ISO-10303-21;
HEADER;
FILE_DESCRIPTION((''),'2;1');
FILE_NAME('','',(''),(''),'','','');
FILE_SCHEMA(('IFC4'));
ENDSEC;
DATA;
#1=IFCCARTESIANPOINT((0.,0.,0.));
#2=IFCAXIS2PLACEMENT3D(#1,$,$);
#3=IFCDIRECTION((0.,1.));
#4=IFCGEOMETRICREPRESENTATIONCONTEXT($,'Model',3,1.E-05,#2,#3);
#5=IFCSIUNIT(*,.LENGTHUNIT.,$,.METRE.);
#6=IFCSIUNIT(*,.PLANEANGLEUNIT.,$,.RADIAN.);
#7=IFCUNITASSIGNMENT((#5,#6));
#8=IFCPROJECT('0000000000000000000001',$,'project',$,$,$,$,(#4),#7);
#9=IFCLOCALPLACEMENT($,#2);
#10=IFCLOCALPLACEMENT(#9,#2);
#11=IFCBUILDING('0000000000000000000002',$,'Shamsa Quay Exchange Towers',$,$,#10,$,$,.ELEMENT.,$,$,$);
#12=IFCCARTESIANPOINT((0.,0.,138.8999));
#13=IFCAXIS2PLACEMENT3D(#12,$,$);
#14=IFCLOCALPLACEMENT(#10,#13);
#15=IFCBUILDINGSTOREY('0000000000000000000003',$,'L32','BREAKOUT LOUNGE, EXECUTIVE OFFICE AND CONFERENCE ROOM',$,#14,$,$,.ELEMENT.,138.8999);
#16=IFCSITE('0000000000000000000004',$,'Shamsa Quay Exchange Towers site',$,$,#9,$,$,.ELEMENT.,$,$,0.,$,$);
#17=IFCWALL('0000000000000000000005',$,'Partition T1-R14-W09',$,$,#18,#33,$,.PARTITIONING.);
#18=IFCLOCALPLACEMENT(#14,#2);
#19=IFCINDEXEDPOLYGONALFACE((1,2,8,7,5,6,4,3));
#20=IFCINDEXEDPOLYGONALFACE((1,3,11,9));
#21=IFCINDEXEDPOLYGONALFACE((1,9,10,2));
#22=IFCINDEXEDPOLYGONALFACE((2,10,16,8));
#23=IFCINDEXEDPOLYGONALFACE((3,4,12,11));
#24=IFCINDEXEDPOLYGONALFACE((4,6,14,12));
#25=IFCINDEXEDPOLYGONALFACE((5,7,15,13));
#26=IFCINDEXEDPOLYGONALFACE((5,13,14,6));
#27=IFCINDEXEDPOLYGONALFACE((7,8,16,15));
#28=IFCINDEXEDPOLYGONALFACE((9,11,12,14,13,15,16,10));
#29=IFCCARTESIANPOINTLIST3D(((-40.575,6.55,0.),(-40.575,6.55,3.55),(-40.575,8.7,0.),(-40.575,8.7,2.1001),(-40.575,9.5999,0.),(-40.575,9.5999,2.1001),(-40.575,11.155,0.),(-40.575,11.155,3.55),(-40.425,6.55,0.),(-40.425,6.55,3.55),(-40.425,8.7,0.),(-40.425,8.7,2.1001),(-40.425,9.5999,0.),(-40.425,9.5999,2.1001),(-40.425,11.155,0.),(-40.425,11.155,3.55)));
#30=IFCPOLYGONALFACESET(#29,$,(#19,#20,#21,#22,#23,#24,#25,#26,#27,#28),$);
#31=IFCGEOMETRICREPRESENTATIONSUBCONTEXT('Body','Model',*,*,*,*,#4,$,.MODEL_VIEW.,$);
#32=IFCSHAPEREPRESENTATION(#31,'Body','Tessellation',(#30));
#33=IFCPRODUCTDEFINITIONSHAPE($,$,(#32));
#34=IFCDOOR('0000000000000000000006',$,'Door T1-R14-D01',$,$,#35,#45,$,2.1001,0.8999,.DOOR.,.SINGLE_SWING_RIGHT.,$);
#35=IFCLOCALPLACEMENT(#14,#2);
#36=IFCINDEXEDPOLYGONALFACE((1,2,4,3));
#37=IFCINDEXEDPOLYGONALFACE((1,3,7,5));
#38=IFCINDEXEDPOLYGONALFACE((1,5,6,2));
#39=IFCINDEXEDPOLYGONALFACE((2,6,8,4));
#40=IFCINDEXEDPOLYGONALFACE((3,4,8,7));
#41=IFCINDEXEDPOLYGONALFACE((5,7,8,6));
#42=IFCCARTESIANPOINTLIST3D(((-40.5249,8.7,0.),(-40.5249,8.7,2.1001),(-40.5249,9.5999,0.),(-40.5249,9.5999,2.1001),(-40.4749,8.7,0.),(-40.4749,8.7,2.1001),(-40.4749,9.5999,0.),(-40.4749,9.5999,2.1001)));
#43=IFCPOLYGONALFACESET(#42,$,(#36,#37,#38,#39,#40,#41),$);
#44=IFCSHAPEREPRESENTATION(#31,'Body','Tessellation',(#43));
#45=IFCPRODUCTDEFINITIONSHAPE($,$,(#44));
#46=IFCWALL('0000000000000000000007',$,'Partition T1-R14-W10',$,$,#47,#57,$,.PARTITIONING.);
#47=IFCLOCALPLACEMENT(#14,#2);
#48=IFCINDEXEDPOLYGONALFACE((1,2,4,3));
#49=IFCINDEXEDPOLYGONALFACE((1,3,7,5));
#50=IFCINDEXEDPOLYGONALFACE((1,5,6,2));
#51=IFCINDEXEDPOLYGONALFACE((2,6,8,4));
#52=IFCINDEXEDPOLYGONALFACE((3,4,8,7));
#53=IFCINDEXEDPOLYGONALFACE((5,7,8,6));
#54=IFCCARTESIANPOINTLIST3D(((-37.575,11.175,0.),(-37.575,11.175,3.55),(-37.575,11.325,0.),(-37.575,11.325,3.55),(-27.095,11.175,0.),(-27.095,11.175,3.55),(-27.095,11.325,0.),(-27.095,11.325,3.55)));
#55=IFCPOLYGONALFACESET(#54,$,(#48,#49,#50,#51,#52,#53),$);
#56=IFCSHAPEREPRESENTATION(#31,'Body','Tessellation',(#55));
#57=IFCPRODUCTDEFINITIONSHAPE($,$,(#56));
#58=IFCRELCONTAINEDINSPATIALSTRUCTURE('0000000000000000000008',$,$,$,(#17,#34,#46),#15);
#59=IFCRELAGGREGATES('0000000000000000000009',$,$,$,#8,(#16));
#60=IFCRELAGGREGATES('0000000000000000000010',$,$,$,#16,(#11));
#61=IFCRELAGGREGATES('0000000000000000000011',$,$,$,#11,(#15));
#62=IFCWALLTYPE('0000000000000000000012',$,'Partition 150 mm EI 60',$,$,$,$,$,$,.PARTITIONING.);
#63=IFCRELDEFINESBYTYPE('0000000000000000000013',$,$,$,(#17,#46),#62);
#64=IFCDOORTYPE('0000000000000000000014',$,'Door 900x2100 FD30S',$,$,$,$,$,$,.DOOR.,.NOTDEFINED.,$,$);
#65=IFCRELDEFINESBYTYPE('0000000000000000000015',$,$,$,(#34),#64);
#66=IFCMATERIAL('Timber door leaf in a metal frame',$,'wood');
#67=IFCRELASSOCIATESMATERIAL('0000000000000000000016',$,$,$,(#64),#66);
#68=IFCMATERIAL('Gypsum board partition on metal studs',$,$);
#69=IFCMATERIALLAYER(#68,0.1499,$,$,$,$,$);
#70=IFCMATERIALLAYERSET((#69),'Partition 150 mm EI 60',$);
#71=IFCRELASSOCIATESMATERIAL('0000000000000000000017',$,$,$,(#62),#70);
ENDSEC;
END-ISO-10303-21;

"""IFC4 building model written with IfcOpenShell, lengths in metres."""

from ifc_helpers import new_model, si_unit, direction, frame, frame_2d, origin, place, context, subcontext, project, spatial, rectangle, extrude, material, layer, layer_set, type_object, element, fill, save


model = new_model("IFC4")

# Units and contexts
model_context = context("Model", 3, precision=1e-05, world=origin(), true_north=direction((0.0, 1.0)))
body_context = subcontext(model_context, "Body", "Model", "MODEL_VIEW")
ifc_project = project(units=[si_unit("LENGTHUNIT", "METRE"), si_unit("PLANEANGLEUNIT", "RADIAN")], contexts=[model_context])

# Site, building, storey
site_placement = place(None, origin())
site = spatial("IfcSite", under=ifc_project, at=site_placement, Name="Shamsa Quay Exchange Towers site", CompositionType="ELEMENT", RefElevation=0.0)
building_placement = place(site_placement, origin())
building = spatial("IfcBuilding", under=site, at=building_placement, Name="Shamsa Quay Exchange Towers", CompositionType="ELEMENT")
storey_placement = place(building_placement, frame((0.0, 0.0, 138.8999)))
storey = spatial("IfcBuildingStorey", under=building, at=storey_placement, Name="L32", Description="BREAKOUT LOUNGE, EXECUTIVE OFFICE AND CONFERENCE ROOM", CompositionType="ELEMENT", Elevation=138.8999)

# Shared definitions
ifc_material_1 = material(Name="Timber door leaf in a metal frame", Category="wood")
door_type_1 = type_object("IfcDoorType", Name="Door 900x2100 FD30S", OperationType="NOTDEFINED", PredefinedType="DOOR", material=ifc_material_1)

# Shared definitions
ifc_material_2 = material(Name="Gypsum board partition on metal studs")

# Wall, opening, door
ifc_layer_1 = layer(ifc_material_2, 0.1499)
ifc_layer_set_1 = layer_set([ifc_layer_1], Name="Partition 150 mm EI 60")
wall_type_1 = type_object("IfcWallType", Name="Partition 150 mm EI 60", PredefinedType="PARTITIONING", material=ifc_layer_set_1)
wall_1_placement = place(storey_placement, frame((-40.5, 6.55, 0.0), z_axis=(0.0, 0.0, 1.0), x_axis=(0.0, 1.0, 0.0)))
wall_1 = element("IfcWall", 1, at=wall_1_placement, inside=storey, type_object=wall_type_1, Name="Partition T1-R14-W09", PredefinedType="PARTITIONING", context=body_context, shape_type="SweptSolid", body=[
    extrude(rectangle(XDim=4.605, YDim=0.1499, at=frame_2d((2.3025, 0.0))), origin(), (0.0, 0.0, 1.0), 3.55),
])
opening_1_placement = place(wall_1_placement, frame((2.1499, 0.0, 0.0)))
opening_1 = element("IfcOpeningElement", 2, at=opening_1_placement, cuts=wall_1, PredefinedType="OPENING", context=body_context, shape_type="SweptSolid", body=[
    extrude(rectangle(XDim=0.8999, YDim=2.1001, at=frame_2d((0.45, 1.05))), frame((0.0, 0.085, 0.0), z_axis=(0.0, -1.0, 0.0), x_axis=(1.0, 0.0, 0.0)), (0.0, 0.0, 1.0), 0.1699),
])
door_1_placement = place(opening_1_placement, origin())
door_1 = element("IfcDoor", 3, at=door_1_placement, inside=storey, type_object=door_type_1, Name="Door T1-R14-D01", OperationType="SINGLE_SWING_RIGHT", OverallHeight=2.1001, OverallWidth=0.8999, PredefinedType="DOOR", context=body_context, shape_type="SweptSolid", body=[
    extrude(rectangle(XDim=0.8999, YDim=2.1001, at=frame_2d((0.45, 1.05))), frame((0.0, 0.0249, 0.0), z_axis=(0.0, -1.0, 0.0), x_axis=(1.0, 0.0, 0.0)), (0.0, 0.0, 1.0), 0.05),
])
fill(opening_1, door_1)

# Wall
wall_2_placement = place(storey_placement, frame((-27.095, 11.25, 0.0), z_axis=(0.0, 0.0, 1.0), x_axis=(-1.0, 0.0, 0.0)))
element("IfcWall", 4, at=wall_2_placement, inside=storey, type_object=wall_type_1, Name="Partition T1-R14-W10", PredefinedType="PARTITIONING", context=body_context, shape_type="SweptSolid", body=[
    extrude(rectangle(XDim=10.48, YDim=0.1499, at=frame_2d((5.24, 0.0))), origin(), (0.0, 0.0, 1.0), 3.55),
])

save(model, "model.ifc")
